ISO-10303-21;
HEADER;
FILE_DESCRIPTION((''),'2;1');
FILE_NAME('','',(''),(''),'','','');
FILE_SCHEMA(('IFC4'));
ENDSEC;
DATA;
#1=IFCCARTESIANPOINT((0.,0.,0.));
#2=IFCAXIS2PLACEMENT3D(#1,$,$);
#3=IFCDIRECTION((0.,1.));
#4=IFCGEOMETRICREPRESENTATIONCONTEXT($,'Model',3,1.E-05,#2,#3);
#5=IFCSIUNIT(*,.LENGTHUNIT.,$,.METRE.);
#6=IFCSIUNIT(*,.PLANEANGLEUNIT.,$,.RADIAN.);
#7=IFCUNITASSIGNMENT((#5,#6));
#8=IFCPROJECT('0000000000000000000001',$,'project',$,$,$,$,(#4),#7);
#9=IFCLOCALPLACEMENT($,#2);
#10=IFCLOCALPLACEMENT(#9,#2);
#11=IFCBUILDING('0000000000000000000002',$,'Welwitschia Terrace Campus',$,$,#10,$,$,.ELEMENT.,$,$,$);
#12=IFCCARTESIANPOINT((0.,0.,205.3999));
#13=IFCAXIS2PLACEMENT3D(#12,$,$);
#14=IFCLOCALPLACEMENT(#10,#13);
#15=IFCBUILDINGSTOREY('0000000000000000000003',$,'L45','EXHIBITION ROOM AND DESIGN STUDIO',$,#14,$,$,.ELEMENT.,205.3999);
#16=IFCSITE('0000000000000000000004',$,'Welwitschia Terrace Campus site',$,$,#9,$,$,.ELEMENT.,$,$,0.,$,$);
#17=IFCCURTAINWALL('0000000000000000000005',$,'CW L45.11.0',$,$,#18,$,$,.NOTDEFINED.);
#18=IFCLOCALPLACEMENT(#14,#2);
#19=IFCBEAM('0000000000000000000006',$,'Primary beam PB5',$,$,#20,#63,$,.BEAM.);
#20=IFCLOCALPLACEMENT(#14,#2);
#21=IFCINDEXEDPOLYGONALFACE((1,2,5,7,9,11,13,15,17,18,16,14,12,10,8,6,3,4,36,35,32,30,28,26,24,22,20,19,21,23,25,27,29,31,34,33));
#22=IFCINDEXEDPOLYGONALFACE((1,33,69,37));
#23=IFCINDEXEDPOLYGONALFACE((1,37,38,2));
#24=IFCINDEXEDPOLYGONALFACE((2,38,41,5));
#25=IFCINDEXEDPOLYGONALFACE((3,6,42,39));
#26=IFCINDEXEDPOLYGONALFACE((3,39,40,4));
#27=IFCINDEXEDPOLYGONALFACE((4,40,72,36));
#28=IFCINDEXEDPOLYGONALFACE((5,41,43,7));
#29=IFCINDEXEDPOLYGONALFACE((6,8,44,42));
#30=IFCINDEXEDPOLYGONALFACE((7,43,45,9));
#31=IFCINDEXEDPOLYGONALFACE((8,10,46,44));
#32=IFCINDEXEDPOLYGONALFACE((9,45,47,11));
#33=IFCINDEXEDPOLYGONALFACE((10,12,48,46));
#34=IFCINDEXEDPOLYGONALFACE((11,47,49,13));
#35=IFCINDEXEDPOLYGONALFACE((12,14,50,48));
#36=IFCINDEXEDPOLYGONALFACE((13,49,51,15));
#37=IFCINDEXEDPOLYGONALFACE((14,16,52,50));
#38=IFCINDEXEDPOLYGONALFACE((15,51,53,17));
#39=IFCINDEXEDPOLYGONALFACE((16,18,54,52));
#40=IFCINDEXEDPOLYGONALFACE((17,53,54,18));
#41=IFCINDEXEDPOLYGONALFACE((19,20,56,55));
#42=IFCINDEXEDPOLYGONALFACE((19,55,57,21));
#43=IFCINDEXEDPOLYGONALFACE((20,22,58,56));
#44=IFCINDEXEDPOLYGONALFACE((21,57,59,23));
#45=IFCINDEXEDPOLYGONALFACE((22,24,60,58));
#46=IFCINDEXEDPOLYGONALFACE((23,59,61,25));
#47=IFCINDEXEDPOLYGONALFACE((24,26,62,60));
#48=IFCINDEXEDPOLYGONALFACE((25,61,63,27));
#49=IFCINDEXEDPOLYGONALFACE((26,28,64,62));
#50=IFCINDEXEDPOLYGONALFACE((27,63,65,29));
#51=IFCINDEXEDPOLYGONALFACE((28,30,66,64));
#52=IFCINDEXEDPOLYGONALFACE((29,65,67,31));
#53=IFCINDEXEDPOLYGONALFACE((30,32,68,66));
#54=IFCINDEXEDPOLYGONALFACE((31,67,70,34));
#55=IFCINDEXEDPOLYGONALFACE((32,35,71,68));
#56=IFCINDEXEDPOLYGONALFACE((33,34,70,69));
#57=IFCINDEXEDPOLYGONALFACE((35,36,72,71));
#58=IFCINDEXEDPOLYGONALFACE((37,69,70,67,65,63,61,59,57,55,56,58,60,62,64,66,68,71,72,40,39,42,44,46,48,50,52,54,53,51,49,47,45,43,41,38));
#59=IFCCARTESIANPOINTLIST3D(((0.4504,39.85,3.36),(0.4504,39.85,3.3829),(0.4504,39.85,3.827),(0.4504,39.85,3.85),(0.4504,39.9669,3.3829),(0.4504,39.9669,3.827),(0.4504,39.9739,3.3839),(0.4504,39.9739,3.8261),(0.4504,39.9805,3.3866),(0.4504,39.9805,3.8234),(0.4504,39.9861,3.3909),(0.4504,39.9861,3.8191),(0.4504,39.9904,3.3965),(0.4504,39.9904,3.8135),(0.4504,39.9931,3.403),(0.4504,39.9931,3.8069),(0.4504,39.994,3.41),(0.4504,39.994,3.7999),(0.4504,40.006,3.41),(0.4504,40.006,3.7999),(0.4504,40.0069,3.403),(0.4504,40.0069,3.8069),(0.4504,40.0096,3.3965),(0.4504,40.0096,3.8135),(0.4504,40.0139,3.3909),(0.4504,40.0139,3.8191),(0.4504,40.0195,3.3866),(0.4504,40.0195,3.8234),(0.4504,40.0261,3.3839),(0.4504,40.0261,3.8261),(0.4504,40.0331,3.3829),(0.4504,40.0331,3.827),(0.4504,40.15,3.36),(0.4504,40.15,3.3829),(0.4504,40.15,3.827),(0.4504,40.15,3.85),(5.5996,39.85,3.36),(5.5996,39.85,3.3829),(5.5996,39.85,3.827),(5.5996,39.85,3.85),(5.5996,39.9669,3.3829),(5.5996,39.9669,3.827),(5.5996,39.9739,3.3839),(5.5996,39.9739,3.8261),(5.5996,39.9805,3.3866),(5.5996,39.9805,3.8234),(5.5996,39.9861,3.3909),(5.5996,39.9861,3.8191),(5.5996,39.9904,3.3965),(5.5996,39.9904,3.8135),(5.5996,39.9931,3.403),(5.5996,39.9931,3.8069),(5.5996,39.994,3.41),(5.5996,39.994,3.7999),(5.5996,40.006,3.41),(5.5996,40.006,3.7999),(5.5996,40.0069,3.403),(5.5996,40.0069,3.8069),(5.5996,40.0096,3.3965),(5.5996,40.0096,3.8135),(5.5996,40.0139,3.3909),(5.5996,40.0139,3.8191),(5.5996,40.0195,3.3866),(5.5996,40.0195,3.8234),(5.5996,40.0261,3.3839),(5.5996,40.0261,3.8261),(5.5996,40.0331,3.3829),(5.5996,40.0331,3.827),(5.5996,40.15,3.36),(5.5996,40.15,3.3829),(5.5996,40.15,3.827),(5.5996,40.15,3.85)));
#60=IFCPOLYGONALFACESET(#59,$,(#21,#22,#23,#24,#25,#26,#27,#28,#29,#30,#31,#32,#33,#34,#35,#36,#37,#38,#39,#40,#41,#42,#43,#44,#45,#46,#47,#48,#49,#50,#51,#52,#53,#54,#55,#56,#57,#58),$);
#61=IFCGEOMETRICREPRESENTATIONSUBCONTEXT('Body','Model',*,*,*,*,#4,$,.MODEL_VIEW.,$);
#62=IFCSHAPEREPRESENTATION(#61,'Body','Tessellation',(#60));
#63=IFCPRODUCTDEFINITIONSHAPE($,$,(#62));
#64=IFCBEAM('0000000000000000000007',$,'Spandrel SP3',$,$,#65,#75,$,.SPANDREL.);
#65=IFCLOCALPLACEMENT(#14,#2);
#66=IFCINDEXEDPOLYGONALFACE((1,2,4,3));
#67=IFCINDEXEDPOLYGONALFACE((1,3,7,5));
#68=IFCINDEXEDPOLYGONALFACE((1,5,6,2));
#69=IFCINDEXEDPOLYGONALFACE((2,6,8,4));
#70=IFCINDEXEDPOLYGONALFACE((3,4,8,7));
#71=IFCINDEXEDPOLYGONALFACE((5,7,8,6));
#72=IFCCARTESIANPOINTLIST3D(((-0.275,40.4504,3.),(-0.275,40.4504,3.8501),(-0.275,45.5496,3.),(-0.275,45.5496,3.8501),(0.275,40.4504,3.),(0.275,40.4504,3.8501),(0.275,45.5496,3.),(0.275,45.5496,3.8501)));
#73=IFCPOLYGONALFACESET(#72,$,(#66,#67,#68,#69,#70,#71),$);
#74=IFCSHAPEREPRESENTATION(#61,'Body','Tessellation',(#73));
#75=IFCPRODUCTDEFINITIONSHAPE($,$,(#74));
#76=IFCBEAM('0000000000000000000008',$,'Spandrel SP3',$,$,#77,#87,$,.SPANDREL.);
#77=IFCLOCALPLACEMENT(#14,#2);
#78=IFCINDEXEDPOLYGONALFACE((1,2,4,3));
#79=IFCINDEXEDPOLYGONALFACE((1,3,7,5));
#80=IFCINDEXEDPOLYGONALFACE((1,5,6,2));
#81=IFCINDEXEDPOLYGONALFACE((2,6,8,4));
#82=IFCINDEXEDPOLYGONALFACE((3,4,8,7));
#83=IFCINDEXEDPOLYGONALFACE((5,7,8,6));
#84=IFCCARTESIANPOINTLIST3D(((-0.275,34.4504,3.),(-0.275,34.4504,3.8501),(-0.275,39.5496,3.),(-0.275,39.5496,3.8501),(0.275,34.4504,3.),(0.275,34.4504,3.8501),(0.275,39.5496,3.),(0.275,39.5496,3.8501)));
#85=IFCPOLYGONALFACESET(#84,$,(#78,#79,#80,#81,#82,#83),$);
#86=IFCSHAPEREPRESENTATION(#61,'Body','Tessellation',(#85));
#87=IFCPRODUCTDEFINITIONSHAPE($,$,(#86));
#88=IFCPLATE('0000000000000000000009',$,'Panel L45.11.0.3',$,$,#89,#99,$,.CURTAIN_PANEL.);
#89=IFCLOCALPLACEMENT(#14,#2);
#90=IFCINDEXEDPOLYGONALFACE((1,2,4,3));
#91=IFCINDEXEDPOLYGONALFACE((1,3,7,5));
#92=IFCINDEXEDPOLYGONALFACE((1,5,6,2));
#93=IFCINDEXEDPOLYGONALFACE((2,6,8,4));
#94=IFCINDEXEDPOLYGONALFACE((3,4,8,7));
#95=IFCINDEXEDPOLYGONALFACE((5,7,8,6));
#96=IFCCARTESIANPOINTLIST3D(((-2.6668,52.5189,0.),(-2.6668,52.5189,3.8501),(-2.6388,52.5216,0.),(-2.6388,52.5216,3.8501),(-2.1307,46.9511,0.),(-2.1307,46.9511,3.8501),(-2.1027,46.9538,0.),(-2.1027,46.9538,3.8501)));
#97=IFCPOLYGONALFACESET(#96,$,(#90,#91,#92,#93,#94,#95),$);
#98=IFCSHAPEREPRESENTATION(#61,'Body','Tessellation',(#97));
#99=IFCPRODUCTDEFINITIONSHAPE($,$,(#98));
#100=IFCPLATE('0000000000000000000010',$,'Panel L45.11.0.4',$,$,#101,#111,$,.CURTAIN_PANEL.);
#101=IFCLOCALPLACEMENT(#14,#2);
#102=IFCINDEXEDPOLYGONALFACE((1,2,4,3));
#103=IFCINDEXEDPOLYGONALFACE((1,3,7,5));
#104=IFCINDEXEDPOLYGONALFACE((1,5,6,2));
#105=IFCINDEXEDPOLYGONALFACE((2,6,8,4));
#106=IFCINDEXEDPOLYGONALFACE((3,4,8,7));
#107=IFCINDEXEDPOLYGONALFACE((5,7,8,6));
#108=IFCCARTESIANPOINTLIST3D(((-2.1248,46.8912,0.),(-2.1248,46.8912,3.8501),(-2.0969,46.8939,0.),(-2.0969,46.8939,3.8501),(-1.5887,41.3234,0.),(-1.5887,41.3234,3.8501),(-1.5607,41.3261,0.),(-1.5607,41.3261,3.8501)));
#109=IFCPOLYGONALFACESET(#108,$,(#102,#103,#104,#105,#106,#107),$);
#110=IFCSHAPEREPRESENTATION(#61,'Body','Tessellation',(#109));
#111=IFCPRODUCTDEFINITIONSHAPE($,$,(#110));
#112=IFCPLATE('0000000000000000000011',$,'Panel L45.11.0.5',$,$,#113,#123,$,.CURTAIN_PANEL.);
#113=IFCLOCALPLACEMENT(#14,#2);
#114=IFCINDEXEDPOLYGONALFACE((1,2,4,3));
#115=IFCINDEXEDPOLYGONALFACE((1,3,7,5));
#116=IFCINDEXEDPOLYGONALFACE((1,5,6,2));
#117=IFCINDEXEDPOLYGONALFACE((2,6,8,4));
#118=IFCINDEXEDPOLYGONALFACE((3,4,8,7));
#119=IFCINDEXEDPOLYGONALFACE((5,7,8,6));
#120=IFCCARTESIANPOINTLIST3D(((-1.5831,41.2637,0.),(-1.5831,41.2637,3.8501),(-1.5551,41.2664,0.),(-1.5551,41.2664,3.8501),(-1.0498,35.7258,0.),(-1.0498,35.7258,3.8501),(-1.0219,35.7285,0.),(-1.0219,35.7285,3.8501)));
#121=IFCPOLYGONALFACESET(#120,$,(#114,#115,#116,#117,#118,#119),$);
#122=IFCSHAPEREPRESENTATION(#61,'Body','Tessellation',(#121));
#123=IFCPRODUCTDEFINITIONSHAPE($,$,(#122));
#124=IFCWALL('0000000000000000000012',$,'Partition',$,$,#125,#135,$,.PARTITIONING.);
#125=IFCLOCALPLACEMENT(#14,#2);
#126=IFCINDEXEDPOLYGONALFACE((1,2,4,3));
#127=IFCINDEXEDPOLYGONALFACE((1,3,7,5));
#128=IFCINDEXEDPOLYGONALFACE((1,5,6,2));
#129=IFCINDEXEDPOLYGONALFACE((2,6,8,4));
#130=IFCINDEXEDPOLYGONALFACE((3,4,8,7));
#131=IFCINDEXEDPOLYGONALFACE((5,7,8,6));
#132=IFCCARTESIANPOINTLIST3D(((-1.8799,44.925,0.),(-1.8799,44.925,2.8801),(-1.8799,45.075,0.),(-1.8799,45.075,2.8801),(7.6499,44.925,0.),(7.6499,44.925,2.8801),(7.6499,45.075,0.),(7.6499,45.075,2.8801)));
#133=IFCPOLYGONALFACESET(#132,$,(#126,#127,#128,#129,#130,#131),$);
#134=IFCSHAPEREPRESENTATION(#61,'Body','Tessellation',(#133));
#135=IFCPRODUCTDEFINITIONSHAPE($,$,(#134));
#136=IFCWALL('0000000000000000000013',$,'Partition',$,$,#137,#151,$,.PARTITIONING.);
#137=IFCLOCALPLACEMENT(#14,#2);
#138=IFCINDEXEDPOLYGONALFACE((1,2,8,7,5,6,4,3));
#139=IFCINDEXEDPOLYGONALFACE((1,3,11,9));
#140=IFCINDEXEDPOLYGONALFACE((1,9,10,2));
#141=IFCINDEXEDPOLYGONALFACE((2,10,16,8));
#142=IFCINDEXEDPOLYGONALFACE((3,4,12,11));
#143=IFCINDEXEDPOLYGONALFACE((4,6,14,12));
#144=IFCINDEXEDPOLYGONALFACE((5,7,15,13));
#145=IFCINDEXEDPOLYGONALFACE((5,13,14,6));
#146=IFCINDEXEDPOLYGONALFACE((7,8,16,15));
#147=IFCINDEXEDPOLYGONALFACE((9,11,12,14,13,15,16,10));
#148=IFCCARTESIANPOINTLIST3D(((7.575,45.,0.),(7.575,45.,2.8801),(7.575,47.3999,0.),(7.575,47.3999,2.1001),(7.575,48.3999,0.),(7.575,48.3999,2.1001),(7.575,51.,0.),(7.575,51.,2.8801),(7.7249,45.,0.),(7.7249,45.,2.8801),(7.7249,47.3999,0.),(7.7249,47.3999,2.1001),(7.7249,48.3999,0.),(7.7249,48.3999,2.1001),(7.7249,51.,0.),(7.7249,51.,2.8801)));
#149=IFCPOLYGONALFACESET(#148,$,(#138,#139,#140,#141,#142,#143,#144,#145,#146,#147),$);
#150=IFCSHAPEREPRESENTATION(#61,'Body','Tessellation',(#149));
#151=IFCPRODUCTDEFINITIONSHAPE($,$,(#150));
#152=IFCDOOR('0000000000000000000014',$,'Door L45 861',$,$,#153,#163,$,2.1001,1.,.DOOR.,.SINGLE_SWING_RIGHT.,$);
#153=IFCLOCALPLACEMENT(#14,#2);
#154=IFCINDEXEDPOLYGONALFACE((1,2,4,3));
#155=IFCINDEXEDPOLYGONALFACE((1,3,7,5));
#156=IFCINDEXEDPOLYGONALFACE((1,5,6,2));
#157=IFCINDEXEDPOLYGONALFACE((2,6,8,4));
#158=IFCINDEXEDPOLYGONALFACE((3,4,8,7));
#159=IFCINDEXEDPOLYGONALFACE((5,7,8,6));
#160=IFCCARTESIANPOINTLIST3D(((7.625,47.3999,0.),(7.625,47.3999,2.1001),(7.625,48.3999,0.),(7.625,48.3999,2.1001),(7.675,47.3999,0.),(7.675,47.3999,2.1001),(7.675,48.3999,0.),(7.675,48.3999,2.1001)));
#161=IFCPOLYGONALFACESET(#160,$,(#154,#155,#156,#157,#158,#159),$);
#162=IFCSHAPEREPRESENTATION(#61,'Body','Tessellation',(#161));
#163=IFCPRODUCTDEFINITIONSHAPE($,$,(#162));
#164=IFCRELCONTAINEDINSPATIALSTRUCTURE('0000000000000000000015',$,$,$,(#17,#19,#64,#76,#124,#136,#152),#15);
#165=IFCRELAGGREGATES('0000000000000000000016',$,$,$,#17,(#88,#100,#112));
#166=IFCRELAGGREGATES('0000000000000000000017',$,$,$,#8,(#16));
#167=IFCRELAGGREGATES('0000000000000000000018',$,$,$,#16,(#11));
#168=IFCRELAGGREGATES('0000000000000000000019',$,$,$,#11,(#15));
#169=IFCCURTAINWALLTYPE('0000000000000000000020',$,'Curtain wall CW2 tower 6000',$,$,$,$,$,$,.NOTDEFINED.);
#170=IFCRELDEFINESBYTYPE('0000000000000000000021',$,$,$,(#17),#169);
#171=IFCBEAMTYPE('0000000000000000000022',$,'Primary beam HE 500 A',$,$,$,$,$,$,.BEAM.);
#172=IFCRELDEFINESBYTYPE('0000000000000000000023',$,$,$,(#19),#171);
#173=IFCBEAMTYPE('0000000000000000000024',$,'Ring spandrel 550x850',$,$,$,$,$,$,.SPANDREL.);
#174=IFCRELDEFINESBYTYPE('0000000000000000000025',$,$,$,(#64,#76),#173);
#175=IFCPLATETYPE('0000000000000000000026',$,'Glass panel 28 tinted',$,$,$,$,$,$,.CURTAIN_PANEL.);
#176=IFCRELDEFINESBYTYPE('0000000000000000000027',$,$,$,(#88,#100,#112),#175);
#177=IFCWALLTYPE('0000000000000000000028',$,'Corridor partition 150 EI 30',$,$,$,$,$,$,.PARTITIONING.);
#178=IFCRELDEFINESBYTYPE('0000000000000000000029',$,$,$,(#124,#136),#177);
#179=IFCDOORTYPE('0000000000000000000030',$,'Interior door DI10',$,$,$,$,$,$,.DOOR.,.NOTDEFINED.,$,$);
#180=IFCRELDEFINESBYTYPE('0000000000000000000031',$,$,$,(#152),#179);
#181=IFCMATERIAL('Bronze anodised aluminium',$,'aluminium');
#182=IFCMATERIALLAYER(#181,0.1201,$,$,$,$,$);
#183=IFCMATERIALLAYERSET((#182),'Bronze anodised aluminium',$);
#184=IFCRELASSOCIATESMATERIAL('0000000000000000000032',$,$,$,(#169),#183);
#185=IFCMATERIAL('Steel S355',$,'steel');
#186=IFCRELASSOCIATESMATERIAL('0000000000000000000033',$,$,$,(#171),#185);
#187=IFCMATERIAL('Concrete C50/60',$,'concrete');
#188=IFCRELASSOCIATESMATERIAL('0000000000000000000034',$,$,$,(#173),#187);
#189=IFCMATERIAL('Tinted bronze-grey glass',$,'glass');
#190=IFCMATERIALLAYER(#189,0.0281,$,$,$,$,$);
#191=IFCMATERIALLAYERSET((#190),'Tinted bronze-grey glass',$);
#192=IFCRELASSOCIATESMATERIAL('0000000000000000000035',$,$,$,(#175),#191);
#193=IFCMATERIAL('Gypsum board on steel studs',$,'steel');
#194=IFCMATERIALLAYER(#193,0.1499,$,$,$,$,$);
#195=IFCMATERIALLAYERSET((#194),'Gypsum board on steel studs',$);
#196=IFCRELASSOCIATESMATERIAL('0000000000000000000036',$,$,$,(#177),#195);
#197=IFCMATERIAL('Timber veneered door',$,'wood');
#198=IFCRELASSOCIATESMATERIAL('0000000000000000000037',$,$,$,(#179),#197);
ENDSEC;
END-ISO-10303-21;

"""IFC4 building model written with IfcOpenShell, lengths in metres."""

from ifc_helpers import new_model, si_unit, direction, frame, frame_2d, origin, origin_2d, place, context, subcontext, project, spatial, rectangle, i_section, extrude, material, layer, layer_set, material_profile, profile_set, type_object, element, fill, aggregate, save


model = new_model("IFC4")

# Units and contexts
model_context = context("Model", 3, precision=1e-05, world=origin(), true_north=direction((0.0, 1.0)))
body_context = subcontext(model_context, "Body", "Model", "MODEL_VIEW")
ifc_project = project(units=[si_unit("LENGTHUNIT", "METRE"), si_unit("PLANEANGLEUNIT", "RADIAN")], contexts=[model_context])

# Site, building, storey
site_placement = place(None, origin())
site = spatial("IfcSite", under=ifc_project, at=site_placement, Name="Welwitschia Terrace Campus site", CompositionType="ELEMENT", RefElevation=0.0)
building_placement = place(site_placement, origin())
building = spatial("IfcBuilding", under=site, at=building_placement, Name="Welwitschia Terrace Campus", CompositionType="ELEMENT")
storey_placement = place(building_placement, frame((0.0, 0.0, 205.3999)))
storey = spatial("IfcBuildingStorey", under=building, at=storey_placement, Name="L45", Description="EXHIBITION ROOM AND DESIGN STUDIO", CompositionType="ELEMENT", Elevation=205.3999)

# Curtain wall
ifc_material_1 = material(Name="Bronze anodised aluminium", Category="aluminium")
ifc_layer_1 = layer(ifc_material_1, 0.1201)
ifc_layer_set_1 = layer_set([ifc_layer_1], Name="Bronze anodised aluminium")
curtain_wall_type = type_object("IfcCurtainWallType", Name="Curtain wall CW2 tower 6000", PredefinedType="NOTDEFINED", material=ifc_layer_set_1)
curtain_wall_placement = place(storey_placement, origin())
curtain_wall = element("IfcCurtainWall", 1, at=curtain_wall_placement, inside=storey, type_object=curtain_wall_type, Name="CW L45.11.0", PredefinedType="NOTDEFINED")

# Beams
ifc_material_2 = material(Name="Steel S355", Category="steel")
ifc_material_profile_1 = material_profile(ifc_material_2, i_section(OverallWidth=0.3, OverallDepth=0.49, WebThickness=0.012, FlangeThickness=0.0229, FilletRadius=0.0271, at=origin_2d()))
ifc_profile_set_1 = profile_set([ifc_material_profile_1], Name="Steel S355")
beam_type_1 = type_object("IfcBeamType", Name="Primary beam HE 500 A", PredefinedType="BEAM", material=ifc_profile_set_1)
beam_1_placement = place(storey_placement, frame((0.4504, 40.0, 3.605), z_axis=(1.0, 0.0, 0.0), x_axis=(0.0, 1.0, 0.0)))
element("IfcBeam", 2, at=beam_1_placement, inside=storey, type_object=beam_type_1, Name="Primary beam PB5", PredefinedType="BEAM", context=body_context, shape_type="SweptSolid", body=[
    extrude(i_section(OverallWidth=0.3, OverallDepth=0.49, WebThickness=0.012, FlangeThickness=0.0229, FilletRadius=0.0271, at=origin_2d()), origin(), (0.0, 0.0, 1.0), 5.1492),
])
ifc_material_3 = material(Name="Concrete C50/60", Category="concrete")
ifc_material_profile_2 = material_profile(ifc_material_3, rectangle(XDim=0.55, YDim=0.8501, at=origin_2d()))
ifc_profile_set_2 = profile_set([ifc_material_profile_2], Name="Concrete C50/60")
beam_type_2 = type_object("IfcBeamType", Name="Ring spandrel 550x850", PredefinedType="SPANDREL", material=ifc_profile_set_2)
for number, where, z_axis, x_axis, name in (
    (3, (0.0, 45.5496, 3.425), (0.0, -1.0, 0.0), (1.0, 0.0, 0.0), "Spandrel SP3"),
    (4, (0.0, 39.5496, 3.425), (0.0, -1.0, 0.0), (1.0, 0.0, 0.0), "Spandrel SP3"),
):
    element("IfcBeam", number, at=place(storey_placement, frame(where, z_axis=z_axis, x_axis=x_axis)), inside=storey, type_object=beam_type_2, Name=name, PredefinedType="SPANDREL", context=body_context, shape_type="SweptSolid", body=[
        extrude(rectangle(XDim=0.55, YDim=0.8501, at=origin_2d()), origin(), (0.0, 0.0, 1.0), 5.0991),
    ])

# Plates
ifc_material_4 = material(Name="Tinted bronze-grey glass", Category="glass")
ifc_layer_2 = layer(ifc_material_4, 0.0281)
ifc_layer_set_2 = layer_set([ifc_layer_2], Name="Tinted bronze-grey glass")
plate_type = type_object("IfcPlateType", Name="Glass panel 28 tinted", PredefinedType="CURTAIN_PANEL", material=ifc_layer_set_2)
plate_1_placement = place(storey_placement, frame((-2.3848, 49.7363, 0.0), z_axis=(0.0, 0.0, 1.0), x_axis=(0.095846, -0.995396, 0.0)))
plate_1 = element("IfcPlate", 5, at=plate_1_placement, type_object=plate_type, Name="Panel L45.11.0.3", PredefinedType="CURTAIN_PANEL", context=body_context, shape_type="SweptSolid", body=[
    extrude(rectangle(XDim=5.5935, YDim=0.0281, at=origin_2d()), origin(), (0.0, 0.0, 1.0), 3.8501),
])
plate_2_placement = place(storey_placement, frame((-1.8428, 44.1086, 0.0), z_axis=(0.0, 0.0, 1.0), x_axis=(0.095846, -0.995396, 0.0)))
plate_2 = element("IfcPlate", 6, at=plate_2_placement, type_object=plate_type, Name="Panel L45.11.0.4", PredefinedType="CURTAIN_PANEL", context=body_context, shape_type="SweptSolid", body=[
    extrude(rectangle(XDim=5.5935, YDim=0.0281, at=origin_2d()), origin(), (0.0, 0.0, 1.0), 3.8501),
])
plate_3_placement = place(storey_placement, frame((-1.3025, 38.4961, 0.0), z_axis=(0.0, 0.0, 1.0), x_axis=(0.095846, -0.995396, 0.0)))
plate_3 = element("IfcPlate", 7, at=plate_3_placement, type_object=plate_type, Name="Panel L45.11.0.5", PredefinedType="CURTAIN_PANEL", context=body_context, shape_type="SweptSolid", body=[
    extrude(rectangle(XDim=5.5635, YDim=0.0281, at=origin_2d()), origin(), (0.0, 0.0, 1.0), 3.8501),
])
aggregate(curtain_wall, [plate_1, plate_2, plate_3])

# Wall
ifc_material_5 = material(Name="Gypsum board on steel studs", Category="steel")
ifc_layer_3 = layer(ifc_material_5, 0.1499)
ifc_layer_set_3 = layer_set([ifc_layer_3], Name="Gypsum board on steel studs")
wall_type = type_object("IfcWallType", Name="Corridor partition 150 EI 30", PredefinedType="PARTITIONING", material=ifc_layer_set_3)
wall_1_placement = place(storey_placement, frame((-1.8799, 45.0, 0.0), z_axis=(0.0, 0.0, 1.0), x_axis=(1.0, 0.0, 0.0)))
element("IfcWall", 8, at=wall_1_placement, inside=storey, type_object=wall_type, Name="Partition", PredefinedType="PARTITIONING", context=body_context, shape_type="SweptSolid", body=[
    extrude(rectangle(XDim=9.5298, YDim=0.1499, at=frame_2d((4.7649, 0.0))), origin(), (0.0, 0.0, 1.0), 2.8801),
])

# Wall, opening, door
wall_2_placement = place(storey_placement, frame((7.6499, 45.0, 0.0), z_axis=(0.0, 0.0, 1.0), x_axis=(0.0, 1.0, 0.0)))
wall_2 = element("IfcWall", 9, at=wall_2_placement, inside=storey, type_object=wall_type, Name="Partition", PredefinedType="PARTITIONING", context=body_context, shape_type="SweptSolid", body=[
    extrude(rectangle(XDim=6.0, YDim=0.1499, at=frame_2d((3.0, 0.0))), origin(), (0.0, 0.0, 1.0), 2.8801),
])
opening_1_placement = place(wall_2_placement, frame((2.3999, 0.0, 0.0)))
opening_1 = element("IfcOpeningElement", 10, at=opening_1_placement, cuts=wall_2, PredefinedType="OPENING", context=body_context, shape_type="SweptSolid", body=[
    extrude(rectangle(XDim=1.0, YDim=2.1001, at=frame_2d((0.5, 1.05))), frame((0.0, 0.085, 0.0), z_axis=(0.0, -1.0, 0.0), x_axis=(1.0, 0.0, 0.0)), (0.0, 0.0, 1.0), 0.1699),
])
ifc_material_6 = material(Name="Timber veneered door", Category="wood")
door_type_1 = type_object("IfcDoorType", Name="Interior door DI10", OperationType="NOTDEFINED", PredefinedType="DOOR", material=ifc_material_6)
door_1_placement = place(opening_1_placement, origin())
door_1 = element("IfcDoor", 11, at=door_1_placement, inside=storey, type_object=door_type_1, Name="Door L45 861", OperationType="SINGLE_SWING_RIGHT", OverallHeight=2.1001, OverallWidth=1.0, PredefinedType="DOOR", context=body_context, shape_type="SweptSolid", body=[
    extrude(rectangle(XDim=1.0, YDim=2.1001, at=frame_2d((0.5, 1.05))), frame((0.0, 0.0249, 0.0), z_axis=(0.0, -1.0, 0.0), x_axis=(1.0, 0.0, 0.0)), (0.0, 0.0, 1.0), 0.05),
])
fill(opening_1, door_1)

save(model, "model.ifc")
